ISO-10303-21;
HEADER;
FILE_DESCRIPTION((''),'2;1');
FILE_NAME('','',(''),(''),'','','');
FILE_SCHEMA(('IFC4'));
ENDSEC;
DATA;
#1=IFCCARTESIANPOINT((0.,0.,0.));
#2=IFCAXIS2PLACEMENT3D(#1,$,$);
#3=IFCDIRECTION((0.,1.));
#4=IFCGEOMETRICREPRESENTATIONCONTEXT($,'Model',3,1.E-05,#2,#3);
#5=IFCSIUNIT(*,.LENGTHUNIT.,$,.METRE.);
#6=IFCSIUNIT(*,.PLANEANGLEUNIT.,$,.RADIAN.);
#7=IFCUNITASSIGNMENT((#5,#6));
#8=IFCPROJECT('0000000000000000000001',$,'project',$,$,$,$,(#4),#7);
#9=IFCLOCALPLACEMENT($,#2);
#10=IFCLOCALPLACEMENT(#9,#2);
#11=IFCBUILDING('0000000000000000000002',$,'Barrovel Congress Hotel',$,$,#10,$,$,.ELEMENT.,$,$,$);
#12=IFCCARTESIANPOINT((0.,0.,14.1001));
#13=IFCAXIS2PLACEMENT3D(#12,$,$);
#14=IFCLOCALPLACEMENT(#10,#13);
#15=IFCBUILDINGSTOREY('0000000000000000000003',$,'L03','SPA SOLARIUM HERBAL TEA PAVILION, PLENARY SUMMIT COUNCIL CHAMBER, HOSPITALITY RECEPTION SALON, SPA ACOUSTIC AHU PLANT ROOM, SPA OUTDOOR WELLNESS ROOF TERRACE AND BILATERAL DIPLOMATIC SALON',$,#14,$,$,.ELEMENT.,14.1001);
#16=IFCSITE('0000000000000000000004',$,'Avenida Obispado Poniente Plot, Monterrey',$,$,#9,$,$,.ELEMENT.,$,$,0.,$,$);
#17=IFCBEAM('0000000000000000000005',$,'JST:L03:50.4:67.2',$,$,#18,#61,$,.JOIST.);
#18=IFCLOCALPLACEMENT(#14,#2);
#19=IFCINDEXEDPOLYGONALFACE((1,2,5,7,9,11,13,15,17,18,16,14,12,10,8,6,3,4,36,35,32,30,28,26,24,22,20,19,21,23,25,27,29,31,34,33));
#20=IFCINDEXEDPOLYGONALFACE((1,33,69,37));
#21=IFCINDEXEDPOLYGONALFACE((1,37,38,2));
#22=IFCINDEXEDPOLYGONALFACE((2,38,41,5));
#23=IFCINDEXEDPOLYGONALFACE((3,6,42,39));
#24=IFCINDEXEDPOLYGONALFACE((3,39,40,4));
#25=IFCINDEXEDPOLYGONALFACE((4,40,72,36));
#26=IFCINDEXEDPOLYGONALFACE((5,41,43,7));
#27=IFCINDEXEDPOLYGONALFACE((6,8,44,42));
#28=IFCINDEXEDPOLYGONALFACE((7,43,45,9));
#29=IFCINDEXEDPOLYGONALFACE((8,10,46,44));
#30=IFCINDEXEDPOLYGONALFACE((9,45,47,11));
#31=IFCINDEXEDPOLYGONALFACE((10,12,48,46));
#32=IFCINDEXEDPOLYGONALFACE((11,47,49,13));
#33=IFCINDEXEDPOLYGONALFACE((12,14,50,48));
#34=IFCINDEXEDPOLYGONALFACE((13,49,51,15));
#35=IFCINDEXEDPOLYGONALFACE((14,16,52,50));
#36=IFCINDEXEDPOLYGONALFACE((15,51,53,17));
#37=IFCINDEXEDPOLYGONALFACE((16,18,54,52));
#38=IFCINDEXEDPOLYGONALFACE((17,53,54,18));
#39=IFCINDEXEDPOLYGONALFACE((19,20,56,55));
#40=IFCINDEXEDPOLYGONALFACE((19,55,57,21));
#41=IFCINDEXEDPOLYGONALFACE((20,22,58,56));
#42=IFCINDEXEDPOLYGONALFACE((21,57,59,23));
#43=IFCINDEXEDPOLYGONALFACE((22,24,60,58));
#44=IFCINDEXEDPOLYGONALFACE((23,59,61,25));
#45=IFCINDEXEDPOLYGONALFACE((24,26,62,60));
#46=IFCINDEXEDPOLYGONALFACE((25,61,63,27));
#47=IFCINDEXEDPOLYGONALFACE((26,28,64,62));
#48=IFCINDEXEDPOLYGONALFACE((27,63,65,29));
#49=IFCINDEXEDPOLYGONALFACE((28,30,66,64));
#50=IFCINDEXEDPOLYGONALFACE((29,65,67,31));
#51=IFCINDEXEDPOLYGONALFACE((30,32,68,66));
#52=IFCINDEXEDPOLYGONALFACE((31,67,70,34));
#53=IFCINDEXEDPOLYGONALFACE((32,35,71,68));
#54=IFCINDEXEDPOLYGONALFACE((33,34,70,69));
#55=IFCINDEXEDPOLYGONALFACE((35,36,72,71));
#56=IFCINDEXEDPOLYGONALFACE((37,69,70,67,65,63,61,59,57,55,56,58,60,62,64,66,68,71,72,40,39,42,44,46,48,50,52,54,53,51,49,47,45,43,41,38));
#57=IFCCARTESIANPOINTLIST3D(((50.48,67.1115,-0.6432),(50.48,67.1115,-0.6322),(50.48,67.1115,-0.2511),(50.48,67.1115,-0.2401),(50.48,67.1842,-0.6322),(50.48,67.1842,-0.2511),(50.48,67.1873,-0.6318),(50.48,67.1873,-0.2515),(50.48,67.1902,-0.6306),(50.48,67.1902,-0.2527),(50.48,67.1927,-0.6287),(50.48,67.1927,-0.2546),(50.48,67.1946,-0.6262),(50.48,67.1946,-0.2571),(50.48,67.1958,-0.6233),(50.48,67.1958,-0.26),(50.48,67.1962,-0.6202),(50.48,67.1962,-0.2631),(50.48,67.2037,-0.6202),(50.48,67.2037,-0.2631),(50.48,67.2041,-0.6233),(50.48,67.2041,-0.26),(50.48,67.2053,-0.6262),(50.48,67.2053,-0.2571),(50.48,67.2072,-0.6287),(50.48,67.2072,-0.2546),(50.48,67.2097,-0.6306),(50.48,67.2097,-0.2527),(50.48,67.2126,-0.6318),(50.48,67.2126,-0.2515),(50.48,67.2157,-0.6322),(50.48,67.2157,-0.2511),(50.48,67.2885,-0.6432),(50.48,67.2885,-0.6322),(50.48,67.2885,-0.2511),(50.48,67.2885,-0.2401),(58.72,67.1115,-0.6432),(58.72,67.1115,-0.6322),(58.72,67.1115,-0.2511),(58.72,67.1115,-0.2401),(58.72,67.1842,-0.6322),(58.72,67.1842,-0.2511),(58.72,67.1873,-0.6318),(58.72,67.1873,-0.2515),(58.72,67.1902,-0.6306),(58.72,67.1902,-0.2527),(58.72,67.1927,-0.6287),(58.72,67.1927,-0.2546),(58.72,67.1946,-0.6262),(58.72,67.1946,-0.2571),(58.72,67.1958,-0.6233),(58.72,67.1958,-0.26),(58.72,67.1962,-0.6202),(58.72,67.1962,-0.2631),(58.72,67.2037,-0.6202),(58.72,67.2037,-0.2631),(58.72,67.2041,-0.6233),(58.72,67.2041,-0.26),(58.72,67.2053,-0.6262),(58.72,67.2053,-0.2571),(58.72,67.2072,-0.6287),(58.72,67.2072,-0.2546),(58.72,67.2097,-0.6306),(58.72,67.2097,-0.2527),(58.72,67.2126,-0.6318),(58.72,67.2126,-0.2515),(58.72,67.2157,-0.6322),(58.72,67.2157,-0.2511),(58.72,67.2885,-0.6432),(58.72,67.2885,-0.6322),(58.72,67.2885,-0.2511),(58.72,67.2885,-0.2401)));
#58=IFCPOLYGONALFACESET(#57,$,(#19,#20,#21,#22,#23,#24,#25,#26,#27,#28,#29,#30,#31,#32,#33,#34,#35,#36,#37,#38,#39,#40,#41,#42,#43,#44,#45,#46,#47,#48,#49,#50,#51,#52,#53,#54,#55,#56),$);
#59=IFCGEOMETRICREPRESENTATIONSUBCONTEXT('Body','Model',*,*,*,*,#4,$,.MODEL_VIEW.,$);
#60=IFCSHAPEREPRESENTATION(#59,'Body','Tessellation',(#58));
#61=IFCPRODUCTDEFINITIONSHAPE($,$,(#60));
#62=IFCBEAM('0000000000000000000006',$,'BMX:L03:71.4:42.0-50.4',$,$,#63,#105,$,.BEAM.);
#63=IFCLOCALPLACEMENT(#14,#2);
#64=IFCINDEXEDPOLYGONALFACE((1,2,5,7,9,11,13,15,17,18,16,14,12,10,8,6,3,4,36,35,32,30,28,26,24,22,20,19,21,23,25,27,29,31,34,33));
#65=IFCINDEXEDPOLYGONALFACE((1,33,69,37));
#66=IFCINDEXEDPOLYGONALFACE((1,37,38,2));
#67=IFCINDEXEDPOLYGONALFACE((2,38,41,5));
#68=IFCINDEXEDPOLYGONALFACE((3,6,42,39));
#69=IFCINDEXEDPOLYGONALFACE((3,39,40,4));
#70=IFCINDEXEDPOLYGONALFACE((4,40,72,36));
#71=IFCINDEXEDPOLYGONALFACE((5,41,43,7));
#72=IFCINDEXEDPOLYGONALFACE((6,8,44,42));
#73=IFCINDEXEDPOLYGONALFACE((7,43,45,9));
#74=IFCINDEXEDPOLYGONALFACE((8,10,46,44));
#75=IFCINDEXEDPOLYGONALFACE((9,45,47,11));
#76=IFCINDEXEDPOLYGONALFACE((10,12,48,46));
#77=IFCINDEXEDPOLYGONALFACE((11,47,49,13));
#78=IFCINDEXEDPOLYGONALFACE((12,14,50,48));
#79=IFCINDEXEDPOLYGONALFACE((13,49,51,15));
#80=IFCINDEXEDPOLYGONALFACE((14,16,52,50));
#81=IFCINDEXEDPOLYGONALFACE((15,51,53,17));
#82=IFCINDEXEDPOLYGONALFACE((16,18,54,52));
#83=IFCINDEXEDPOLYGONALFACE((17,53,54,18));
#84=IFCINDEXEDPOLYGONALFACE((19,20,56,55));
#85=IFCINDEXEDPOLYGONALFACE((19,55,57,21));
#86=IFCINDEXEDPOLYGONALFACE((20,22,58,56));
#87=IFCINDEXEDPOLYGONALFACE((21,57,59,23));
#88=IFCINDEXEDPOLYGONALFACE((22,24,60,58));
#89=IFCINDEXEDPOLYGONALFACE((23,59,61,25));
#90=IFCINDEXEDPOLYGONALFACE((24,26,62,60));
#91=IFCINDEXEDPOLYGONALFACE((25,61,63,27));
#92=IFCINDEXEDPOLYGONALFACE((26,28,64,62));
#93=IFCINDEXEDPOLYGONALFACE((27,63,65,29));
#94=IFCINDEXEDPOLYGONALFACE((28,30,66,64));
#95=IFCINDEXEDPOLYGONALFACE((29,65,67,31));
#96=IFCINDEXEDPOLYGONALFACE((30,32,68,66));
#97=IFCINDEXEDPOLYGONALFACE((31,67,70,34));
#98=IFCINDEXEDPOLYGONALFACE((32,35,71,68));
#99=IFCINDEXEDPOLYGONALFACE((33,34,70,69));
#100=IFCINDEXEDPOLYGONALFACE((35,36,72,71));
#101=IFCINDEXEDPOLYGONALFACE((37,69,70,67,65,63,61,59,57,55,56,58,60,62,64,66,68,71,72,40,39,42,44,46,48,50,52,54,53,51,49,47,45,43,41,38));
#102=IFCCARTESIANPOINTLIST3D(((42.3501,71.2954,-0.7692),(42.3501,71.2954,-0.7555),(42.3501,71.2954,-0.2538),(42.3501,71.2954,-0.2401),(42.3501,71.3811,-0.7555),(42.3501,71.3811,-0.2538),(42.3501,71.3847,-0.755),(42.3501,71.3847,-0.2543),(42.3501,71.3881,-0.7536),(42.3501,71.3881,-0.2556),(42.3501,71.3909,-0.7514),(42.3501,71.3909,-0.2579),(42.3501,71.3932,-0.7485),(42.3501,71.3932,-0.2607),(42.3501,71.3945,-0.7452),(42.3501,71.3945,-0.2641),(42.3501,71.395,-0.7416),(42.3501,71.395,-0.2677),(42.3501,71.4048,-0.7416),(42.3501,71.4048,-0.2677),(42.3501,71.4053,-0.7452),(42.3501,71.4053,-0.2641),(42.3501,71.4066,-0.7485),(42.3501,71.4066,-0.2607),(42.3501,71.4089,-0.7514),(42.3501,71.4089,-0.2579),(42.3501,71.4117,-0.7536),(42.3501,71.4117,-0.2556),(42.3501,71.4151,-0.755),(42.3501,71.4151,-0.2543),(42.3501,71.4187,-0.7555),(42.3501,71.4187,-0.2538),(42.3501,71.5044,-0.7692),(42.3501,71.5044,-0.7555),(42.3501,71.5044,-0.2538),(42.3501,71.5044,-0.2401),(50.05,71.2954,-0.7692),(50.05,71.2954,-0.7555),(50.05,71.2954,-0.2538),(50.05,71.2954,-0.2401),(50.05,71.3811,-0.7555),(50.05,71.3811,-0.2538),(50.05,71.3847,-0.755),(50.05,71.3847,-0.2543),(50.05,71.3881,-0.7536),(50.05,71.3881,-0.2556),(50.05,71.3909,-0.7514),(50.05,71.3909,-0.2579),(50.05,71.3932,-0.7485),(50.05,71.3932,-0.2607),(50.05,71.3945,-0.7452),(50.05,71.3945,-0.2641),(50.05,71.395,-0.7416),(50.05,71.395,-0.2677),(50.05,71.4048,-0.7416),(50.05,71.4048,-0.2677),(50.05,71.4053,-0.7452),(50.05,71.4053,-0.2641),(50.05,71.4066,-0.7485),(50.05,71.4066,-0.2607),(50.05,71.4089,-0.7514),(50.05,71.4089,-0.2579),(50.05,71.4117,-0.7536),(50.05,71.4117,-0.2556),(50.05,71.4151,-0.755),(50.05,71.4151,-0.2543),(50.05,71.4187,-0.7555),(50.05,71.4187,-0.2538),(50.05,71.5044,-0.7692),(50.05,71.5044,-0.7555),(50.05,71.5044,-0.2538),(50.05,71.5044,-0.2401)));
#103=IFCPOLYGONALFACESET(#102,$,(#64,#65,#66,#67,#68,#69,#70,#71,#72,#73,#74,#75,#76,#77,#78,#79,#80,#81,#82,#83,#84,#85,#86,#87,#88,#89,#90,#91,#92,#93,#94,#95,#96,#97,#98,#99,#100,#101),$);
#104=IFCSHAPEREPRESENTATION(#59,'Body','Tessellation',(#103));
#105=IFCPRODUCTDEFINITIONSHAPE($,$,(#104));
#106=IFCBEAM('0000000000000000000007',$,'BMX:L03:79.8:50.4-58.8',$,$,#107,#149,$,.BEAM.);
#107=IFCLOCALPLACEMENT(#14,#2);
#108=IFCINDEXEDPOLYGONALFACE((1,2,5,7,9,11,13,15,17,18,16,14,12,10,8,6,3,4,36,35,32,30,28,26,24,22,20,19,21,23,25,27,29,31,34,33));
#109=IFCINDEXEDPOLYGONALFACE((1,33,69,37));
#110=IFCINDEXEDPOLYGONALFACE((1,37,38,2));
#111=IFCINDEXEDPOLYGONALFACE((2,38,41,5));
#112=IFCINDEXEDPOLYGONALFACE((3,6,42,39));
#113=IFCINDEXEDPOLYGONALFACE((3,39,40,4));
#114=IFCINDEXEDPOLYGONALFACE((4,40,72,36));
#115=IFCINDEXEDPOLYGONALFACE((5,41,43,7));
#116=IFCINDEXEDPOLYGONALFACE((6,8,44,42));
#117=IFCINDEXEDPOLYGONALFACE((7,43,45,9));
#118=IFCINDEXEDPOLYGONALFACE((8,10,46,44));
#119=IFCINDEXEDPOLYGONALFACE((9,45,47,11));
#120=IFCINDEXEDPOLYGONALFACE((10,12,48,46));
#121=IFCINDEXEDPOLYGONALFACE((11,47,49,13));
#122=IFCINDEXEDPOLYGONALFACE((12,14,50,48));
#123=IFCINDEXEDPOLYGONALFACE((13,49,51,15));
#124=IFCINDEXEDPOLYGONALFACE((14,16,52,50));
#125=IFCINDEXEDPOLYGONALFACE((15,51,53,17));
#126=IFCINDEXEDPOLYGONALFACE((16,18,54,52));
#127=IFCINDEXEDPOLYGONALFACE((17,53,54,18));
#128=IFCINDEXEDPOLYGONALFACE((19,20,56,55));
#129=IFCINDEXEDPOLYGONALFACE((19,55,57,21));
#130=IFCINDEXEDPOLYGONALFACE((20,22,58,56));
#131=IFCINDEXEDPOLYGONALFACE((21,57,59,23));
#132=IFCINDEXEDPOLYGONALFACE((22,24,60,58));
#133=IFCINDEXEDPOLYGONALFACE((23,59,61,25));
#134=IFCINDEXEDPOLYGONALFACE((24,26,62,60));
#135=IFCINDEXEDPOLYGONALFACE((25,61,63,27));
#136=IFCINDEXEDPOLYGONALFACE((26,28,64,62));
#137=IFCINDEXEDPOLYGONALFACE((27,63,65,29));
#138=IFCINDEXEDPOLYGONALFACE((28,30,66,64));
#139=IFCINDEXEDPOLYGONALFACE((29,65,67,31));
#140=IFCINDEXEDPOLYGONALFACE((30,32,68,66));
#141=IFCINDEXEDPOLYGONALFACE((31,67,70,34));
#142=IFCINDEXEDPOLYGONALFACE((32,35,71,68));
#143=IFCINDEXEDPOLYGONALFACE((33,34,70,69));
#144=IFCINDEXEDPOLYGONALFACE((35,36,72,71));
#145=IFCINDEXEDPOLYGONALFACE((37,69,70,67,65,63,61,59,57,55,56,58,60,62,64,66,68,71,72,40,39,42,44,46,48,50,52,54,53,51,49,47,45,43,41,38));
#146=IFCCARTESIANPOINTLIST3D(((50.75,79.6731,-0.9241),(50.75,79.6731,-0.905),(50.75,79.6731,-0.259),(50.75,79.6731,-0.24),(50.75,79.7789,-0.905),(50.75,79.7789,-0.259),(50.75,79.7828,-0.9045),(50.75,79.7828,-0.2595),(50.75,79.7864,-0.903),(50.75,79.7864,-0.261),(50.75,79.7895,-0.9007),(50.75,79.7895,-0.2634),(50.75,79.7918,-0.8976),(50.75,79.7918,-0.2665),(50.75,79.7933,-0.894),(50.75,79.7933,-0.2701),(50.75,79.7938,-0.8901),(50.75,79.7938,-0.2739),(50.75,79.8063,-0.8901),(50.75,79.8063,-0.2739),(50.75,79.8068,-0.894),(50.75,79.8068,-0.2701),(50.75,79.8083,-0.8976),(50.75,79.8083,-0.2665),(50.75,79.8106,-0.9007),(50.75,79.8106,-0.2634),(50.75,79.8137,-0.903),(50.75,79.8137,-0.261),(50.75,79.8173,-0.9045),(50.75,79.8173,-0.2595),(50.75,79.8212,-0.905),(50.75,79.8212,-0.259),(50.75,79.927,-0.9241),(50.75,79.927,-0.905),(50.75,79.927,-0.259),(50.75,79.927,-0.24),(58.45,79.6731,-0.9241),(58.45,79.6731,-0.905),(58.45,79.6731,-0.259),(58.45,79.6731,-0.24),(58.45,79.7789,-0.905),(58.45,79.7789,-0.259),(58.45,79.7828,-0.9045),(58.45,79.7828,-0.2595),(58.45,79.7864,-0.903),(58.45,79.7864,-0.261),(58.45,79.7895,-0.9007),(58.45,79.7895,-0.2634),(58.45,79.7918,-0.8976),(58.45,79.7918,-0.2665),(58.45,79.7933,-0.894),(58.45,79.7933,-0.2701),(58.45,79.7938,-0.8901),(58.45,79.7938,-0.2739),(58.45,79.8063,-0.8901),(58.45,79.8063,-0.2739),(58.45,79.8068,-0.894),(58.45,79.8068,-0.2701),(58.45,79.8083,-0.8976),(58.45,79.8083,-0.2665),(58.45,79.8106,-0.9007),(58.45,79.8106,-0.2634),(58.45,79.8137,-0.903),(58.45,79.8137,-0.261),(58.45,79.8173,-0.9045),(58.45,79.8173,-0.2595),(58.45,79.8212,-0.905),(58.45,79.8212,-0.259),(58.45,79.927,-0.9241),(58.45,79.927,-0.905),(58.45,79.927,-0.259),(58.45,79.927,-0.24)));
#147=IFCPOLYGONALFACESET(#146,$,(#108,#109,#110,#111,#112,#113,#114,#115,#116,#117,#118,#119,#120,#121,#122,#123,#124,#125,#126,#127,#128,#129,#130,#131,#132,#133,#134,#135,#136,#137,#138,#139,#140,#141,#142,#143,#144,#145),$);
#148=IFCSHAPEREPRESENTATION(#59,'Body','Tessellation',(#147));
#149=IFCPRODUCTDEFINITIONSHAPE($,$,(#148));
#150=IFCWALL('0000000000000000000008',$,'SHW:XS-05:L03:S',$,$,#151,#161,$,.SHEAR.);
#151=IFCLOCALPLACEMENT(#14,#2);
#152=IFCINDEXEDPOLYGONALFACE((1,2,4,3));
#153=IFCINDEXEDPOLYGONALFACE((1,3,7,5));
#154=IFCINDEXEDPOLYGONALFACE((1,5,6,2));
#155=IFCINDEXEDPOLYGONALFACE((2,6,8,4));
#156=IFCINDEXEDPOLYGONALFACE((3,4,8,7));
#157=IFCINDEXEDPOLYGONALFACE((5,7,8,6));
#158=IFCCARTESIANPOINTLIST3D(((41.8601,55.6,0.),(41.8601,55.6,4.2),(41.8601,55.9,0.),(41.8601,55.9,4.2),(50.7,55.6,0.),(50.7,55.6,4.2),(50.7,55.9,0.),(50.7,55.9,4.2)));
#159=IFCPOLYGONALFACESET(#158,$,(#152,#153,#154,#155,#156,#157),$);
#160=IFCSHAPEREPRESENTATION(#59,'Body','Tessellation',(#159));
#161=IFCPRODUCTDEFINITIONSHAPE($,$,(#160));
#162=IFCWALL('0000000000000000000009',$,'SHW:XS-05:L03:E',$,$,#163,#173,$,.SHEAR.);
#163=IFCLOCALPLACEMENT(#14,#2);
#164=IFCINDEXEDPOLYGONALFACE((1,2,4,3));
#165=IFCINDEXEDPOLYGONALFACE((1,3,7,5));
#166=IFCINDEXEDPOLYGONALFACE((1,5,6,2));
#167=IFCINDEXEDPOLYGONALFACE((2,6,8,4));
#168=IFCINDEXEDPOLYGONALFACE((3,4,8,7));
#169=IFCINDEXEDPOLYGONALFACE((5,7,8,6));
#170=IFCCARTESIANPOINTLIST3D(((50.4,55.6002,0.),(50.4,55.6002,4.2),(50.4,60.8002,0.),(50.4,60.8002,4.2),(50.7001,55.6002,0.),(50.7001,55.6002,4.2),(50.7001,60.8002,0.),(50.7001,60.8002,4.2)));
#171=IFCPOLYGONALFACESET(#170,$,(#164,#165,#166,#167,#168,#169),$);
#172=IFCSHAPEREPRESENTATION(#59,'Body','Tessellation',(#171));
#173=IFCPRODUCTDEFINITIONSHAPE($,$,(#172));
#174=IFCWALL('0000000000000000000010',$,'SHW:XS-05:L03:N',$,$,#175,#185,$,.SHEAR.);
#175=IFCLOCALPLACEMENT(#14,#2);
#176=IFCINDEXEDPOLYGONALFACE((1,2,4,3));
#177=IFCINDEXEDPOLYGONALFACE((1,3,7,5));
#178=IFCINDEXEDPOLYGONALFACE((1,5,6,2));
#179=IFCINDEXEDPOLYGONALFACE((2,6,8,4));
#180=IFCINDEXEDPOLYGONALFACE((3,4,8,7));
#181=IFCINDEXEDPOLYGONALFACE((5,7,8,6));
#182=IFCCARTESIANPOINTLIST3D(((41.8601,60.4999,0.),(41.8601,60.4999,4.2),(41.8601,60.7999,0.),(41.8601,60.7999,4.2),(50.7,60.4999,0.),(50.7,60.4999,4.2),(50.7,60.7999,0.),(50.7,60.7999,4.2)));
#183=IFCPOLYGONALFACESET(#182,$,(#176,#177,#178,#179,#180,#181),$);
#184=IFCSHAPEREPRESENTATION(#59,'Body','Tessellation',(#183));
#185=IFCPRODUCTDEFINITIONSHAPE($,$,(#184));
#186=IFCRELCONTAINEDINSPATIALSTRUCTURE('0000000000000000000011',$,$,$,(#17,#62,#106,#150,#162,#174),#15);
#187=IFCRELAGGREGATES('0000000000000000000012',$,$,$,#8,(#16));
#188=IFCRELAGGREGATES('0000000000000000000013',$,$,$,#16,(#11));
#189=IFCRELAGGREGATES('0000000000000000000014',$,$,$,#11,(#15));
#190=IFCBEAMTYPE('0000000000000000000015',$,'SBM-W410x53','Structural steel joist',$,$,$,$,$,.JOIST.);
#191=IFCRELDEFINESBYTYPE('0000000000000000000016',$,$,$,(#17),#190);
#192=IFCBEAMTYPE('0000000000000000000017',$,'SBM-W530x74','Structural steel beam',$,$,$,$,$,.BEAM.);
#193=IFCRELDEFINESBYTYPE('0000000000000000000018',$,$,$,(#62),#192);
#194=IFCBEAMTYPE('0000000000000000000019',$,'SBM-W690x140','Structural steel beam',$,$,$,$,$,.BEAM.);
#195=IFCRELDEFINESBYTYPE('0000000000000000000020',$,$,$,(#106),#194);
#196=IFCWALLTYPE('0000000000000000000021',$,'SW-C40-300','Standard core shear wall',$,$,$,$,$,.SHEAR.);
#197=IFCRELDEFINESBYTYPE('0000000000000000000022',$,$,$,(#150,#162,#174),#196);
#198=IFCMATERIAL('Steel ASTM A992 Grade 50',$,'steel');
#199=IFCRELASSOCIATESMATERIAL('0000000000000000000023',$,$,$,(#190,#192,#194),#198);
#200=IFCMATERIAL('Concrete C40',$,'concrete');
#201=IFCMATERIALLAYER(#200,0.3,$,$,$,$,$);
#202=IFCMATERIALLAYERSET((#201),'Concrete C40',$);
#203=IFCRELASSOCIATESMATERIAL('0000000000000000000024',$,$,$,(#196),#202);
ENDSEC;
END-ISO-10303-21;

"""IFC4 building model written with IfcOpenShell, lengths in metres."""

from ifc_helpers import new_model, si_unit, direction, frame, frame_2d, origin, origin_2d, place, context, subcontext, project, spatial, rectangle, i_section, extrude, material, layer, layer_set, material_profile, profile_set, type_object, element, save


model = new_model("IFC4")

# Units and contexts
model_context = context("Model", 3, precision=1e-05, world=origin(), true_north=direction((0.0, 1.0)))
body_context = subcontext(model_context, "Body", "Model", "MODEL_VIEW")
ifc_project = project(units=[si_unit("LENGTHUNIT", "METRE"), si_unit("PLANEANGLEUNIT", "RADIAN")], contexts=[model_context])

# Site, building, storey
site_placement = place(None, origin())
site = spatial("IfcSite", under=ifc_project, at=site_placement, Name="Avenida Obispado Poniente Plot, Monterrey", CompositionType="ELEMENT", RefElevation=0.0)
building_placement = place(site_placement, origin())
building = spatial("IfcBuilding", under=site, at=building_placement, Name="Barrovel Congress Hotel", CompositionType="ELEMENT")
storey_placement = place(building_placement, frame((0.0, 0.0, 14.1001)))
storey = spatial("IfcBuildingStorey", under=building, at=storey_placement, Name="L03", Description="SPA SOLARIUM HERBAL TEA PAVILION, PLENARY SUMMIT COUNCIL CHAMBER, HOSPITALITY RECEPTION SALON, SPA ACOUSTIC AHU PLANT ROOM, SPA OUTDOOR WELLNESS ROOF TERRACE AND BILATERAL DIPLOMATIC SALON", CompositionType="ELEMENT", Elevation=14.1001)

# Shared definitions
ifc_material_1 = material(Name="Concrete C40", Category="concrete")

# Beams
ifc_material_2 = material(Name="Steel ASTM A992 Grade 50", Category="steel")
ifc_material_profile_1 = material_profile(ifc_material_2, i_section(OverallWidth=0.177, OverallDepth=0.4031, WebThickness=0.0076, FlangeThickness=0.011, FilletRadius=0.012, at=origin_2d()), Name="W410x53")
ifc_profile_set_1 = profile_set([ifc_material_profile_1], Name="Steel ASTM A992 Grade 50")
beam_type_1 = type_object("IfcBeamType", Name="SBM-W410x53", Description="Structural steel joist", PredefinedType="JOIST", material=ifc_profile_set_1)
beam_1_placement = place(storey_placement, frame((50.48, 67.2, -0.4417), z_axis=(1.0, 0.0, 0.0), x_axis=(0.0, 1.0, 0.0)))
element("IfcBeam", 1, at=beam_1_placement, inside=storey, type_object=beam_type_1, Name="JST:L03:50.4:67.2", PredefinedType="JOIST", context=body_context, shape_type="SweptSolid", body=[
    extrude(i_section(OverallWidth=0.177, OverallDepth=0.4031, WebThickness=0.0076, FlangeThickness=0.011, FilletRadius=0.012, at=origin_2d()), origin(), (0.0, 0.0, 1.0), 8.24),
])
ifc_material_profile_2 = material_profile(ifc_material_2, i_section(OverallWidth=0.209, OverallDepth=0.5291, WebThickness=0.0098, FlangeThickness=0.0137, FilletRadius=0.0139, at=origin_2d()), Name="W530x74")
ifc_profile_set_2 = profile_set([ifc_material_profile_2], Name="Steel ASTM A992 Grade 50")
beam_type_2 = type_object("IfcBeamType", Name="SBM-W530x74", Description="Structural steel beam", PredefinedType="BEAM", material=ifc_profile_set_2)
beam_2_placement = place(storey_placement, frame((42.3501, 71.3999, -0.5046), z_axis=(1.0, 0.0, 0.0), x_axis=(0.0, 1.0, 0.0)))
element("IfcBeam", 2, at=beam_2_placement, inside=storey, type_object=beam_type_2, Name="BMX:L03:71.4:42.0-50.4", PredefinedType="BEAM", context=body_context, shape_type="SweptSolid", body=[
    extrude(i_section(OverallWidth=0.209, OverallDepth=0.5291, WebThickness=0.0098, FlangeThickness=0.0137, FilletRadius=0.0139, at=origin_2d()), origin(), (0.0, 0.0, 1.0), 7.7),
])
ifc_material_profile_3 = material_profile(ifc_material_2, i_section(OverallWidth=0.2539, OverallDepth=0.6841, WebThickness=0.0125, FlangeThickness=0.019, FilletRadius=0.0149, at=origin_2d()), Name="W690x140")
ifc_profile_set_3 = profile_set([ifc_material_profile_3], Name="Steel ASTM A992 Grade 50")
beam_type_3 = type_object("IfcBeamType", Name="SBM-W690x140", Description="Structural steel beam", PredefinedType="BEAM", material=ifc_profile_set_3)
beam_3_placement = place(storey_placement, frame((50.75, 79.8, -0.582), z_axis=(1.0, 0.0, 0.0), x_axis=(0.0, 1.0, 0.0)))
element("IfcBeam", 3, at=beam_3_placement, inside=storey, type_object=beam_type_3, Name="BMX:L03:79.8:50.4-58.8", PredefinedType="BEAM", context=body_context, shape_type="SweptSolid", body=[
    extrude(i_section(OverallWidth=0.2539, OverallDepth=0.6841, WebThickness=0.0125, FlangeThickness=0.019, FilletRadius=0.0149, at=origin_2d()), origin(), (0.0, 0.0, 1.0), 7.7),
])

# Walls
ifc_layer_1 = layer(ifc_material_1, 0.3)
ifc_layer_set_1 = layer_set([ifc_layer_1], Name="Concrete C40")
wall_type = type_object("IfcWallType", Name="SW-C40-300", Description="Standard core shear wall", PredefinedType="SHEAR", material=ifc_layer_set_1)
wall_1_placement = place(storey_placement, frame((41.8601, 55.75, 0.0), z_axis=(0.0, 0.0, 1.0), x_axis=(1.0, 0.0, 0.0)))
element("IfcWall", 4, at=wall_1_placement, inside=storey, type_object=wall_type, Name="SHW:XS-05:L03:S", PredefinedType="SHEAR", context=body_context, shape_type="SweptSolid", body=[
    extrude(rectangle(XDim=8.8398, YDim=0.3, at=frame_2d((4.4199, 0.0))), origin(), (0.0, 0.0, 1.0), 4.2),
])
wall_2_placement = place(storey_placement, frame((50.55, 55.6001, 0.0), z_axis=(0.0, 0.0, 1.0), x_axis=(0.0, 1.0, 0.0)))
element("IfcWall", 5, at=wall_2_placement, inside=storey, type_object=wall_type, Name="SHW:XS-05:L03:E", PredefinedType="SHEAR", context=body_context, shape_type="SweptSolid", body=[
    extrude(rectangle(XDim=5.2, YDim=0.3, at=frame_2d((2.6001, 0.0))), origin(), (0.0, 0.0, 1.0), 4.2),
])
wall_3_placement = place(storey_placement, frame((50.7, 60.6499, 0.0), z_axis=(0.0, 0.0, 1.0), x_axis=(-1.0, 0.0, 0.0)))
element("IfcWall", 6, at=wall_3_placement, inside=storey, type_object=wall_type, Name="SHW:XS-05:L03:N", PredefinedType="SHEAR", context=body_context, shape_type="SweptSolid", body=[
    extrude(rectangle(XDim=8.8398, YDim=0.3, at=frame_2d((4.4199, 0.0))), origin(), (0.0, 0.0, 1.0), 4.2),
])

save(model, "model.ifc")
